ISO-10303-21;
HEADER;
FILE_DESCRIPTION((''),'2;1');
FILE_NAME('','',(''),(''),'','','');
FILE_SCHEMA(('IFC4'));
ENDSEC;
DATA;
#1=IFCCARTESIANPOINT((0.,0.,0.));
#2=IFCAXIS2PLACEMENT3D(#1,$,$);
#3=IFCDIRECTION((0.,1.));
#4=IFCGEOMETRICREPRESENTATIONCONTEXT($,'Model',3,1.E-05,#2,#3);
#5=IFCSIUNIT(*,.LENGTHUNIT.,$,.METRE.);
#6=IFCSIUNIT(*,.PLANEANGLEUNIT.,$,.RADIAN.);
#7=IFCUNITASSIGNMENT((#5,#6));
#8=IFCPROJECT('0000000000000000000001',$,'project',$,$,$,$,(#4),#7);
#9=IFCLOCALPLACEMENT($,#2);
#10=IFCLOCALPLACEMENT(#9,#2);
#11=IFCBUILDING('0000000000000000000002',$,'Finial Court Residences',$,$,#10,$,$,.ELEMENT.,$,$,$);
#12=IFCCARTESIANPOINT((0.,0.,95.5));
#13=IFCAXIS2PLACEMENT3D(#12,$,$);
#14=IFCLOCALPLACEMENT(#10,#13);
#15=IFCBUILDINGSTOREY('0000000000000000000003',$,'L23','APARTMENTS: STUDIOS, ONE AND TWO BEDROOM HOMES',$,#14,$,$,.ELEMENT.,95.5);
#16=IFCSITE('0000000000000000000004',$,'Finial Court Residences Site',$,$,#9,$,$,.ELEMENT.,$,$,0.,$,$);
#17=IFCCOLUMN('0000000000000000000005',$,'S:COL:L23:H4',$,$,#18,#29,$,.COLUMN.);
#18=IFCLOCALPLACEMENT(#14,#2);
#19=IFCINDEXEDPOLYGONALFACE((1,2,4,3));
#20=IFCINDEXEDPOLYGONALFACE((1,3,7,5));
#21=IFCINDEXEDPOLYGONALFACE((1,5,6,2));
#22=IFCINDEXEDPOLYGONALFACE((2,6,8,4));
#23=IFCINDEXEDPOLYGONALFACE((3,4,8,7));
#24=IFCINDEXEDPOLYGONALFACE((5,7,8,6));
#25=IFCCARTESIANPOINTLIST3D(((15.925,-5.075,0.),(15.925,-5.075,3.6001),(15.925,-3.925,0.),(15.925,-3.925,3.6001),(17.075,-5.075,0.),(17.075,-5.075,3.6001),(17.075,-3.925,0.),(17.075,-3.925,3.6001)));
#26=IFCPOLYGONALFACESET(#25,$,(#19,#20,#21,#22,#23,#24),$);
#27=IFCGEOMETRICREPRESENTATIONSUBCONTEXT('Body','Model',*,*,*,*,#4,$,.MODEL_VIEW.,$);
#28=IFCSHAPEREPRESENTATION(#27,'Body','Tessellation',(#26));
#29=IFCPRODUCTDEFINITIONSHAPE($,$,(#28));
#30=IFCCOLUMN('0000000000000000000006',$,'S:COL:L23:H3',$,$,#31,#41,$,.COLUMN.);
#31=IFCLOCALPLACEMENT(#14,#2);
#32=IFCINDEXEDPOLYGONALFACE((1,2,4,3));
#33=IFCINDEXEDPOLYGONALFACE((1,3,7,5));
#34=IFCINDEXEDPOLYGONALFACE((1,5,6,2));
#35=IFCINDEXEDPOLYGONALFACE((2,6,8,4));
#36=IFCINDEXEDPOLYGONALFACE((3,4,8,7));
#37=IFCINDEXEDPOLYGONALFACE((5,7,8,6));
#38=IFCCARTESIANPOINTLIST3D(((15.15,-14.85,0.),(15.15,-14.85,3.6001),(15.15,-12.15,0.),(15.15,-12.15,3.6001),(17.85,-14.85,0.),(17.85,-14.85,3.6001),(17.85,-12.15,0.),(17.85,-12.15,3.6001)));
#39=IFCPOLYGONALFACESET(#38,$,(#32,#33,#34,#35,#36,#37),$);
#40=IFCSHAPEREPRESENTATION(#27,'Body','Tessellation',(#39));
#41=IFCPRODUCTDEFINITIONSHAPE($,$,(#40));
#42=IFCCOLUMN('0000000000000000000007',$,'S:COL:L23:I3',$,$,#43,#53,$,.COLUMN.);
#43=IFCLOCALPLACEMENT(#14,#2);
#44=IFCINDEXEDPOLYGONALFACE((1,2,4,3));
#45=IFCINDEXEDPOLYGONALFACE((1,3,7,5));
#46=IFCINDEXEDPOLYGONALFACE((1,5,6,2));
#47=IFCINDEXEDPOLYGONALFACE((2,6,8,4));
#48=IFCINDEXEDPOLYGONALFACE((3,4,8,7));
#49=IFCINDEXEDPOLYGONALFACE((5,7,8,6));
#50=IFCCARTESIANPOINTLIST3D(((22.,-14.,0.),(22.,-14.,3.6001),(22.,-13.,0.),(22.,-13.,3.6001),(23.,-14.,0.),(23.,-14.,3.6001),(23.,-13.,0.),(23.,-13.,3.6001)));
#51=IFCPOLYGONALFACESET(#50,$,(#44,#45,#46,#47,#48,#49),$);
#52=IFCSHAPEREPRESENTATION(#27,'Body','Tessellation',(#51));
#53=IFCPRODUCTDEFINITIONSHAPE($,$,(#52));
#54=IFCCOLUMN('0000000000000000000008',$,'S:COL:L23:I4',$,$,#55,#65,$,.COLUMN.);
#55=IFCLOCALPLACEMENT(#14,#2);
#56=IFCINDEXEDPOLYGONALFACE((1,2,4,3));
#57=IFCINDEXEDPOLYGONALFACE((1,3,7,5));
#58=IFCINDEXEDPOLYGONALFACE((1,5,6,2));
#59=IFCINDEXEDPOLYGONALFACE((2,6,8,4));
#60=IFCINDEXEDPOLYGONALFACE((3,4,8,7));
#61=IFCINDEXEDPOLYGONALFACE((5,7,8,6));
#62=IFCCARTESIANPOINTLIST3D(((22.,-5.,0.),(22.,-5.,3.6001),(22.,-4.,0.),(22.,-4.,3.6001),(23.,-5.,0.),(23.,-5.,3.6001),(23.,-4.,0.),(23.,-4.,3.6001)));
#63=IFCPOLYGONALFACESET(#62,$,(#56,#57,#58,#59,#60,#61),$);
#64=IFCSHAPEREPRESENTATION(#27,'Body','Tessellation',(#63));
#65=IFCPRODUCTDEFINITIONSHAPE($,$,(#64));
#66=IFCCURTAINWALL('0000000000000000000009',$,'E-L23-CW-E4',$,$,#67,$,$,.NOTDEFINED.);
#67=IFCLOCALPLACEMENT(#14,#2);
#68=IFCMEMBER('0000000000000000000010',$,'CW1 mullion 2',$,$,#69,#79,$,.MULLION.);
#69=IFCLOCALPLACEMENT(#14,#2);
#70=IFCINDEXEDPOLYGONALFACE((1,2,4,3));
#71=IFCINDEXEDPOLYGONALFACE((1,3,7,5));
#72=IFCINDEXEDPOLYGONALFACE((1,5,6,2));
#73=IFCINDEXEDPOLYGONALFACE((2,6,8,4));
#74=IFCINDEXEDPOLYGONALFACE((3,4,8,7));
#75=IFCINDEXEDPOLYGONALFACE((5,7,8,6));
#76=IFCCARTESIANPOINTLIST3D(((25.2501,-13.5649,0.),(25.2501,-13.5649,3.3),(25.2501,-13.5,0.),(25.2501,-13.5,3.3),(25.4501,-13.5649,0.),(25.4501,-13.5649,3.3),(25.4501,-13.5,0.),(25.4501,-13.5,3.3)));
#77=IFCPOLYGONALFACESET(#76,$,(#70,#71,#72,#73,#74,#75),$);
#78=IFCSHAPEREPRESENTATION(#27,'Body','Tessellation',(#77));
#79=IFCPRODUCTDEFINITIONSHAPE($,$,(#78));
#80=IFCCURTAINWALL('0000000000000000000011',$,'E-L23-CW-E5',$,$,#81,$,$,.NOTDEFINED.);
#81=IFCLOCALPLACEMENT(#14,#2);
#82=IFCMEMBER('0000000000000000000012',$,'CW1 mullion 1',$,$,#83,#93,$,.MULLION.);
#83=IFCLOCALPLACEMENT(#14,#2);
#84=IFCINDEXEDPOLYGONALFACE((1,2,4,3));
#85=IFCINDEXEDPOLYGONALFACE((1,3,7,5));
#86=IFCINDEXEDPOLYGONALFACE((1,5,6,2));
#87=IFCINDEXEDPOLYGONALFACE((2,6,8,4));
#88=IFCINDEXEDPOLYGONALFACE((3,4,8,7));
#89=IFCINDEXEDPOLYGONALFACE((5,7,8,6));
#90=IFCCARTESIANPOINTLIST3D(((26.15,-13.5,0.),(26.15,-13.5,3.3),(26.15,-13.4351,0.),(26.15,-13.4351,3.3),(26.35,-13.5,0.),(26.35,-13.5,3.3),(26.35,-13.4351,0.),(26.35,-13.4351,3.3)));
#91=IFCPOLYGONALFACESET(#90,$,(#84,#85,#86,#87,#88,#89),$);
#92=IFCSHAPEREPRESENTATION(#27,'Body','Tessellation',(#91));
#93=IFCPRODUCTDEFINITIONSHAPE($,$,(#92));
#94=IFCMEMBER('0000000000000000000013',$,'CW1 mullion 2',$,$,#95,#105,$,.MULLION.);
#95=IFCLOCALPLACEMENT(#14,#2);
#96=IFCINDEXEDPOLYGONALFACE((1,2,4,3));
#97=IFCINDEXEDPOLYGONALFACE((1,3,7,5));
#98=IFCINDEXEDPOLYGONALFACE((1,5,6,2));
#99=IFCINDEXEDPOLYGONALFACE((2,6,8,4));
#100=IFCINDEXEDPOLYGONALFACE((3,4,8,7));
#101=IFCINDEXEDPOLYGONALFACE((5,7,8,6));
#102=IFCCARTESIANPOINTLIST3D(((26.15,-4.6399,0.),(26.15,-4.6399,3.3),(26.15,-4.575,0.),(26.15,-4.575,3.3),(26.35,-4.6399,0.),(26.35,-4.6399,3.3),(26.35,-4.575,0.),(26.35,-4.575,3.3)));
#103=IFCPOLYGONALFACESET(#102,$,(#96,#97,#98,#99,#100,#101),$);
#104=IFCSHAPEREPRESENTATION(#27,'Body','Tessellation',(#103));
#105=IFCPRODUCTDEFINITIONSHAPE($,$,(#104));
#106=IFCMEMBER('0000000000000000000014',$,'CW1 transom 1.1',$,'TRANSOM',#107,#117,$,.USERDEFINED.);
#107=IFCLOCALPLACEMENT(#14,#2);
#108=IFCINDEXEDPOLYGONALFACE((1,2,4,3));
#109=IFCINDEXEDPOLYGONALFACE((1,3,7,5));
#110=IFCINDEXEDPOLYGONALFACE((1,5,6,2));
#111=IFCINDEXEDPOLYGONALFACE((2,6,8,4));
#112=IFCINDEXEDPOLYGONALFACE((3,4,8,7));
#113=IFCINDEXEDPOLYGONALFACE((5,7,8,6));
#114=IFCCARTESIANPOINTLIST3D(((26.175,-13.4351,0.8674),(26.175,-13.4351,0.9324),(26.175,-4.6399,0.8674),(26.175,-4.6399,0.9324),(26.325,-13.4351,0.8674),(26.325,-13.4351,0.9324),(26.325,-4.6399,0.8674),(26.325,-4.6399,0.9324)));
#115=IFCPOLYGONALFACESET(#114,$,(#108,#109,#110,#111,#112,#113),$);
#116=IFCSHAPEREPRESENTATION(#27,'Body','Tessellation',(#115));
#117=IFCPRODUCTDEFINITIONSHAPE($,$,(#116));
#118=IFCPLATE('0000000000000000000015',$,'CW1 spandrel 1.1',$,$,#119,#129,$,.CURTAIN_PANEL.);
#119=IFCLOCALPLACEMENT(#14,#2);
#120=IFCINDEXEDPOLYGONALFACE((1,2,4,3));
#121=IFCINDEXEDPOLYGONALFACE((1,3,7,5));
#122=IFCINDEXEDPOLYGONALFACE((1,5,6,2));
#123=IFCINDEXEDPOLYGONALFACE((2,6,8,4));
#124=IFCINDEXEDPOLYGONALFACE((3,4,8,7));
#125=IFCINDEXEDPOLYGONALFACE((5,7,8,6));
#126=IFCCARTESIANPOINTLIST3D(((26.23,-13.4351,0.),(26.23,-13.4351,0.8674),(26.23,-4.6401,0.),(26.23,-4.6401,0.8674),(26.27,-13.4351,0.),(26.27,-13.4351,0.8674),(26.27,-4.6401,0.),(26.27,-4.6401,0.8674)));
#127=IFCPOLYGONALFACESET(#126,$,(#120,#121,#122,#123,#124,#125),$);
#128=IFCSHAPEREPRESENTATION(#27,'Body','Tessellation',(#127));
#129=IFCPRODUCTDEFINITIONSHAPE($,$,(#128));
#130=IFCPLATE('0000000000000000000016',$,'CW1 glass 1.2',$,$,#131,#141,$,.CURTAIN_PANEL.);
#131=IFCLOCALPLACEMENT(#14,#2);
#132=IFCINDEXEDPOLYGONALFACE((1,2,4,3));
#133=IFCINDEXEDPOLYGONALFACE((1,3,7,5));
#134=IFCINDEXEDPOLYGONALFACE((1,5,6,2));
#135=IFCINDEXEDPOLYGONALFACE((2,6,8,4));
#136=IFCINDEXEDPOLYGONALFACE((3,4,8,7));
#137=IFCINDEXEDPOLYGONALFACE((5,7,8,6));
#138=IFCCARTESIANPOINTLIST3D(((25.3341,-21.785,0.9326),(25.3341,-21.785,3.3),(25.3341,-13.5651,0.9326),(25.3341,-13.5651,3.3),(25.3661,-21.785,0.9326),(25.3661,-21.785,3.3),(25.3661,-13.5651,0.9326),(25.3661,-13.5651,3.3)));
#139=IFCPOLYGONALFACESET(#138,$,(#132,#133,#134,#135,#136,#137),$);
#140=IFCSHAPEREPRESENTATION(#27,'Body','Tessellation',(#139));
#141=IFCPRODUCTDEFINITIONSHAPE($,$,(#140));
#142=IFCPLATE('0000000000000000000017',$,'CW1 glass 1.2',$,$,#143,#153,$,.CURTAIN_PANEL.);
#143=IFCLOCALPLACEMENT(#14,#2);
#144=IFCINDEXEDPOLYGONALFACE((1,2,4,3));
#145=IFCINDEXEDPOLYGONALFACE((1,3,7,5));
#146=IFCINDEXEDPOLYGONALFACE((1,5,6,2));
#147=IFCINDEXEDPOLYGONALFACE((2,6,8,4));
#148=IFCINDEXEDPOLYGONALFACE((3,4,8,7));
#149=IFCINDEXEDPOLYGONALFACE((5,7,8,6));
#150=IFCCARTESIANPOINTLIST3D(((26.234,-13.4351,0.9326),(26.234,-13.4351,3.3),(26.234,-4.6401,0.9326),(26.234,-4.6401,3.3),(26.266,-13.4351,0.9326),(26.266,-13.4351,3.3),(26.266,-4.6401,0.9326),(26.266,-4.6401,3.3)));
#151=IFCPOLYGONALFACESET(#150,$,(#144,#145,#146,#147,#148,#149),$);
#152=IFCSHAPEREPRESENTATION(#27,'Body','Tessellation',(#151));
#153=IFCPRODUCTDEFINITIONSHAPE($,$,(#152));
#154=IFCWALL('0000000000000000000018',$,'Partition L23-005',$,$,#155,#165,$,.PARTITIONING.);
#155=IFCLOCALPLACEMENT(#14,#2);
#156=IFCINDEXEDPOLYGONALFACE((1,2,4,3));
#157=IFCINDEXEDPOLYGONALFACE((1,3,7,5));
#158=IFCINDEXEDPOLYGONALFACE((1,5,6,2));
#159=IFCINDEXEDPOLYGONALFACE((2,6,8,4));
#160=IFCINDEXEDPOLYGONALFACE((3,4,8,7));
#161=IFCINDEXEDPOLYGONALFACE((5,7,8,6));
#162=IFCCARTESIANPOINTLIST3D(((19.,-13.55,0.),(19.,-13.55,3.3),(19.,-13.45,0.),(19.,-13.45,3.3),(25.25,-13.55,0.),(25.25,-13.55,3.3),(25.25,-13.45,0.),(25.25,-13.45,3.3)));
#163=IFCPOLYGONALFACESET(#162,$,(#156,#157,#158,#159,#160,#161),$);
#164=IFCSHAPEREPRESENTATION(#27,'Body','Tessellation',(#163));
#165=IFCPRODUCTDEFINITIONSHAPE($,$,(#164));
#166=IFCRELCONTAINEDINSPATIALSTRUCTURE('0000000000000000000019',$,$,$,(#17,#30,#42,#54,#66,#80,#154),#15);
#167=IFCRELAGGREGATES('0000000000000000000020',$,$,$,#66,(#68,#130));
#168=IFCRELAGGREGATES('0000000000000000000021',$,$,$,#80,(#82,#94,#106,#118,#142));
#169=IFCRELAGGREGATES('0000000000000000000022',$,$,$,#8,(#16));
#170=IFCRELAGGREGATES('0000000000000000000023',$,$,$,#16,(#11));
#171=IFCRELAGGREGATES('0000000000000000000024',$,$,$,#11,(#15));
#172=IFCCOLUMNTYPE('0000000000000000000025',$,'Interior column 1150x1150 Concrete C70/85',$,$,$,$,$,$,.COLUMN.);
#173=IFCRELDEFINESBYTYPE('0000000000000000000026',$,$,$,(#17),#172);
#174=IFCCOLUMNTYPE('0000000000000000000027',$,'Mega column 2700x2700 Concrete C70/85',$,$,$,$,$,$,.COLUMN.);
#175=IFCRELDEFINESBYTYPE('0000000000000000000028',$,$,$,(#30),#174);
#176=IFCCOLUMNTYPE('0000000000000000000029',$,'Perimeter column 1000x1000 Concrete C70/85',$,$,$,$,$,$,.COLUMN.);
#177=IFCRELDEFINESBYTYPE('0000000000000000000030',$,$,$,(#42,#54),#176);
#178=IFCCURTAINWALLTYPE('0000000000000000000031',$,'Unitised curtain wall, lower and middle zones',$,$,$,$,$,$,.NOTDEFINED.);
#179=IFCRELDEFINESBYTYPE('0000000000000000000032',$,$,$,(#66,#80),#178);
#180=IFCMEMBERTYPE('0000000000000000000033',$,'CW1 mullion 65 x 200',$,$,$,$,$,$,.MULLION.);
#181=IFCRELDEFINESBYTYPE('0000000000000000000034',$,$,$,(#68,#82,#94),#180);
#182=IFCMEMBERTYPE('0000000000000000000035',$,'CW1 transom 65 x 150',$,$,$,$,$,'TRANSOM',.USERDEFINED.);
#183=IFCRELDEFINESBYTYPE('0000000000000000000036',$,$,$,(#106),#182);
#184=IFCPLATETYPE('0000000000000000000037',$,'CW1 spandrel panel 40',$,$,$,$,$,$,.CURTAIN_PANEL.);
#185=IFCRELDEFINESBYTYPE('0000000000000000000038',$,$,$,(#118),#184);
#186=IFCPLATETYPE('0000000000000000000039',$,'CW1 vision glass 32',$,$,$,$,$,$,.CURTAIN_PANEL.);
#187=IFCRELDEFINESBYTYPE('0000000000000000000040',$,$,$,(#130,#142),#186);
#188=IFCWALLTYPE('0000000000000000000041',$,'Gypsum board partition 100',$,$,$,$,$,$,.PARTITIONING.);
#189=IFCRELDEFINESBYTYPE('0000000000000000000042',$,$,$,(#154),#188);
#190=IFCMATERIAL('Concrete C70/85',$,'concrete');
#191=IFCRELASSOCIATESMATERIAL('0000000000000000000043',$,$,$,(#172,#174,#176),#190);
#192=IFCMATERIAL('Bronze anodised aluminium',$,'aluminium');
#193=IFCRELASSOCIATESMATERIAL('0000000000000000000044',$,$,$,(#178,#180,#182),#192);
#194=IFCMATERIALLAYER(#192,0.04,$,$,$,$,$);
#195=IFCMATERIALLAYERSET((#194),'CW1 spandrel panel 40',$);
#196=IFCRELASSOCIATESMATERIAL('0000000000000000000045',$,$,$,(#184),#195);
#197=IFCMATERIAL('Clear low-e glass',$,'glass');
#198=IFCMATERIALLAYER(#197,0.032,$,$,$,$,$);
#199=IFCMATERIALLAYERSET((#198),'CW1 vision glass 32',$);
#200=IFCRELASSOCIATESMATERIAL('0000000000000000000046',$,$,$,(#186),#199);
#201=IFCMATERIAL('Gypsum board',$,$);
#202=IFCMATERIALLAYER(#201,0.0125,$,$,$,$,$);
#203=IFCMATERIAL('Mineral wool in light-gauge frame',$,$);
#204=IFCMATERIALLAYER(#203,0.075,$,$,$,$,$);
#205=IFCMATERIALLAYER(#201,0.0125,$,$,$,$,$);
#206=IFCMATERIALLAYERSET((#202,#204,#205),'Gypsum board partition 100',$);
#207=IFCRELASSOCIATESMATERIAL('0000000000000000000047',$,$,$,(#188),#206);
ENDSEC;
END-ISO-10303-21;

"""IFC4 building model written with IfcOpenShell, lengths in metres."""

from ifc_helpers import new_model, si_unit, direction, frame, frame_2d, origin, origin_2d, place, context, subcontext, project, spatial, rectangle, extrude, material, layer, layer_set, material_profile, profile_set, type_object, element, aggregate, save


model = new_model("IFC4")

# Units and contexts
model_context = context("Model", 3, precision=1e-05, world=origin(), true_north=direction((0.0, 1.0)))
body_context = subcontext(model_context, "Body", "Model", "MODEL_VIEW")
ifc_project = project(units=[si_unit("LENGTHUNIT", "METRE"), si_unit("PLANEANGLEUNIT", "RADIAN")], contexts=[model_context])

# Site, building, storey
site_placement = place(None, origin())
site = spatial("IfcSite", under=ifc_project, at=site_placement, Name="Finial Court Residences Site", CompositionType="ELEMENT", RefElevation=0.0)
building_placement = place(site_placement, origin())
building = spatial("IfcBuilding", under=site, at=building_placement, Name="Finial Court Residences", CompositionType="ELEMENT")
storey_placement = place(building_placement, frame((0.0, 0.0, 95.5)))
storey = spatial("IfcBuildingStorey", under=building, at=storey_placement, Name="L23", Description="APARTMENTS: STUDIOS, ONE AND TWO BEDROOM HOMES", CompositionType="ELEMENT", Elevation=95.5)

# Columns
ifc_material_1 = material(Name="Concrete C70/85", Category="concrete")
ifc_material_profile_1 = material_profile(ifc_material_1, rectangle(XDim=1.1499, YDim=1.1499, at=origin_2d()), Name="1150x1150")
ifc_profile_set_1 = profile_set([ifc_material_profile_1], Name="Concrete C70/85")
column_type_1 = type_object("IfcColumnType", Name="Interior column 1150x1150 Concrete C70/85", PredefinedType="COLUMN", material=ifc_profile_set_1)
column_1_placement = place(storey_placement, frame((16.5, -4.5, 0.0), z_axis=(0.0, 0.0, 1.0), x_axis=(1.0, 0.0, 0.0)))
element("IfcColumn", 1, at=column_1_placement, inside=storey, type_object=column_type_1, Name="S:COL:L23:H4", PredefinedType="COLUMN", context=body_context, shape_type="SweptSolid", body=[
    extrude(rectangle(XDim=1.1499, YDim=1.1499, at=origin_2d()), origin(), (0.0, 0.0, 1.0), 3.6001),
])
ifc_material_profile_2 = material_profile(ifc_material_1, rectangle(XDim=2.7, YDim=2.7, at=origin_2d()), Name="2700x2700")
ifc_profile_set_2 = profile_set([ifc_material_profile_2], Name="Concrete C70/85")
column_type_2 = type_object("IfcColumnType", Name="Mega column 2700x2700 Concrete C70/85", PredefinedType="COLUMN", material=ifc_profile_set_2)
column_2_placement = place(storey_placement, frame((16.5, -13.5, 0.0), z_axis=(0.0, 0.0, 1.0), x_axis=(1.0, 0.0, 0.0)))
element("IfcColumn", 2, at=column_2_placement, inside=storey, type_object=column_type_2, Name="S:COL:L23:H3", PredefinedType="COLUMN", context=body_context, shape_type="SweptSolid", body=[
    extrude(rectangle(XDim=2.7, YDim=2.7, at=origin_2d()), origin(), (0.0, 0.0, 1.0), 3.6001),
])
ifc_material_profile_3 = material_profile(ifc_material_1, rectangle(XDim=1.0, YDim=1.0, at=origin_2d()), Name="1000x1000")
ifc_profile_set_3 = profile_set([ifc_material_profile_3], Name="Concrete C70/85")
column_type_3 = type_object("IfcColumnType", Name="Perimeter column 1000x1000 Concrete C70/85", PredefinedType="COLUMN", material=ifc_profile_set_3)
for number, where, z_axis, x_axis, name in (
    (3, (22.5, -13.5, 0.0), (0.0, 0.0, 1.0), (1.0, 0.0, 0.0), "S:COL:L23:I3"),
    (4, (22.5, -4.5, 0.0), (0.0, 0.0, 1.0), (1.0, 0.0, 0.0), "S:COL:L23:I4"),
):
    element("IfcColumn", number, at=place(storey_placement, frame(where, z_axis=z_axis, x_axis=x_axis)), inside=storey, type_object=column_type_3, Name=name, PredefinedType="COLUMN", context=body_context, shape_type="SweptSolid", body=[
        extrude(rectangle(XDim=1.0, YDim=1.0, at=origin_2d()), origin(), (0.0, 0.0, 1.0), 3.6001),
    ])

# Curtain wall, member
ifc_material_2 = material(Name="Bronze anodised aluminium", Category="aluminium")
curtain_wall_type = type_object("IfcCurtainWallType", Name="Unitised curtain wall, lower and middle zones", PredefinedType="NOTDEFINED", material=ifc_material_2)
curtain_wall_1_placement = place(storey_placement, origin())
curtain_wall_1 = element("IfcCurtainWall", 5, at=curtain_wall_1_placement, inside=storey, type_object=curtain_wall_type, Name="E-L23-CW-E4", PredefinedType="NOTDEFINED")
ifc_material_profile_4 = material_profile(ifc_material_2, rectangle(XDim=0.2, YDim=0.0649, at=origin_2d()), Name="CW1 mullion 65 x 200")
ifc_profile_set_4 = profile_set([ifc_material_profile_4], Name="Bronze anodised aluminium")
member_type_1 = type_object("IfcMemberType", Name="CW1 mullion 65 x 200", PredefinedType="MULLION", material=ifc_profile_set_4)
member_1_placement = place(storey_placement, frame((25.3501, -13.5325, 0.0), z_axis=(0.0, 0.0, 1.0), x_axis=(-1.0, 0.0, 0.0)))
member_1 = element("IfcMember", 6, at=member_1_placement, type_object=member_type_1, Name="CW1 mullion 2", PredefinedType="MULLION", context=body_context, shape_type="SweptSolid", body=[
    extrude(rectangle(XDim=0.2, YDim=0.0649, at=origin_2d()), origin(), (0.0, 0.0, 1.0), 3.3),
])

# Curtain wall, members, plate
curtain_wall_2_placement = place(storey_placement, origin())
curtain_wall_2 = element("IfcCurtainWall", 7, at=curtain_wall_2_placement, inside=storey, type_object=curtain_wall_type, Name="E-L23-CW-E5", PredefinedType="NOTDEFINED")
member_2_placement = place(storey_placement, frame((26.25, -13.4675, 0.0), z_axis=(0.0, 0.0, 1.0), x_axis=(-1.0, 0.0, 0.0)))
member_2 = element("IfcMember", 8, at=member_2_placement, type_object=member_type_1, Name="CW1 mullion 1", PredefinedType="MULLION", context=body_context, shape_type="SweptSolid", body=[
    extrude(rectangle(XDim=0.2, YDim=0.0649, at=origin_2d()), origin(), (0.0, 0.0, 1.0), 3.3),
])
member_3_placement = place(storey_placement, frame((26.25, -4.6074, 0.0), z_axis=(0.0, 0.0, 1.0), x_axis=(-1.0, 0.0, 0.0)))
member_3 = element("IfcMember", 9, at=member_3_placement, type_object=member_type_1, Name="CW1 mullion 2", PredefinedType="MULLION", context=body_context, shape_type="SweptSolid", body=[
    extrude(rectangle(XDim=0.2, YDim=0.0649, at=origin_2d()), origin(), (0.0, 0.0, 1.0), 3.3),
])
ifc_material_profile_5 = material_profile(ifc_material_2, rectangle(XDim=0.1499, YDim=0.0649, at=origin_2d()), Name="CW1 transom 65 x 150")
ifc_profile_set_5 = profile_set([ifc_material_profile_5], Name="Bronze anodised aluminium")
member_type_2 = type_object("IfcMemberType", Name="CW1 transom 65 x 150", ElementType="TRANSOM", PredefinedType="USERDEFINED", material=ifc_profile_set_5)
member_4_placement = place(storey_placement, frame((26.25, -13.4351, 0.8999), z_axis=(0.0, 1.0, 0.0), x_axis=(-1.0, 0.0, 0.0)))
member_4 = element("IfcMember", 10, at=member_4_placement, type_object=member_type_2, Name="CW1 transom 1.1", ObjectType="TRANSOM", PredefinedType="USERDEFINED", context=body_context, shape_type="SweptSolid", body=[
    extrude(rectangle(XDim=0.1499, YDim=0.0649, at=origin_2d()), origin(), (0.0, 0.0, 1.0), 8.7952),
])
ifc_layer_1 = layer(ifc_material_2, 0.04)
ifc_layer_set_1 = layer_set([ifc_layer_1], Name="CW1 spandrel panel 40")
plate_type_1 = type_object("IfcPlateType", Name="CW1 spandrel panel 40", PredefinedType="CURTAIN_PANEL", material=ifc_layer_set_1)
plate_1_placement = place(storey_placement, frame((26.25, -9.0376, 0.0), z_axis=(0.0, 0.0, 1.0), x_axis=(0.0, 1.0, 0.0)))
plate_1 = element("IfcPlate", 11, at=plate_1_placement, type_object=plate_type_1, Name="CW1 spandrel 1.1", PredefinedType="CURTAIN_PANEL", context=body_context, shape_type="SweptSolid", body=[
    extrude(rectangle(XDim=8.7949, YDim=0.04, at=origin_2d()), origin(), (0.0, 0.0, 1.0), 0.8674),
])

# Plates
ifc_material_3 = material(Name="Clear low-e glass", Category="glass")
ifc_layer_2 = layer(ifc_material_3, 0.032)
ifc_layer_set_2 = layer_set([ifc_layer_2], Name="CW1 vision glass 32")
plate_type_2 = type_object("IfcPlateType", Name="CW1 vision glass 32", PredefinedType="CURTAIN_PANEL", material=ifc_layer_set_2)
plate_2_placement = place(storey_placement, frame((25.3501, -17.675, 0.9326), z_axis=(0.0, 0.0, 1.0), x_axis=(0.0, 1.0, 0.0)))
plate_2 = element("IfcPlate", 12, at=plate_2_placement, type_object=plate_type_2, Name="CW1 glass 1.2", PredefinedType="CURTAIN_PANEL", context=body_context, shape_type="SweptSolid", body=[
    extrude(rectangle(XDim=8.22, YDim=0.032, at=origin_2d()), origin(), (0.0, 0.0, 1.0), 2.3674),
])
aggregate(curtain_wall_1, [member_1, plate_2])
plate_3_placement = place(storey_placement, frame((26.25, -9.0376, 0.9326), z_axis=(0.0, 0.0, 1.0), x_axis=(0.0, 1.0, 0.0)))
plate_3 = element("IfcPlate", 13, at=plate_3_placement, type_object=plate_type_2, Name="CW1 glass 1.2", PredefinedType="CURTAIN_PANEL", context=body_context, shape_type="SweptSolid", body=[
    extrude(rectangle(XDim=8.7949, YDim=0.032, at=origin_2d()), origin(), (0.0, 0.0, 1.0), 2.3674),
])
aggregate(curtain_wall_2, [member_2, member_3, member_4, plate_1, plate_3])

# Wall
ifc_material_4 = material(Name="Gypsum board")
ifc_layer_3 = layer(ifc_material_4, 0.0125)
ifc_material_5 = material(Name="Mineral wool in light-gauge frame")
ifc_layer_4 = layer(ifc_material_5, 0.075)
ifc_layer_5 = layer(ifc_material_4, 0.0125)
ifc_layer_set_3 = layer_set([ifc_layer_3, ifc_layer_4, ifc_layer_5], Name="Gypsum board partition 100")
wall_type_1 = type_object("IfcWallType", Name="Gypsum board partition 100", PredefinedType="PARTITIONING", material=ifc_layer_set_3)
wall_1_placement = place(storey_placement, frame((19.0, -13.5, 0.0), z_axis=(0.0, 0.0, 1.0), x_axis=(1.0, 0.0, 0.0)))
element("IfcWall", 14, at=wall_1_placement, inside=storey, type_object=wall_type_1, Name="Partition L23-005", PredefinedType="PARTITIONING", context=body_context, shape_type="SweptSolid", body=[
    extrude(rectangle(XDim=6.25, YDim=0.1001, at=frame_2d((3.125, 0.0))), origin(), (0.0, 0.0, 1.0), 3.3),
])

save(model, "model.ifc")
